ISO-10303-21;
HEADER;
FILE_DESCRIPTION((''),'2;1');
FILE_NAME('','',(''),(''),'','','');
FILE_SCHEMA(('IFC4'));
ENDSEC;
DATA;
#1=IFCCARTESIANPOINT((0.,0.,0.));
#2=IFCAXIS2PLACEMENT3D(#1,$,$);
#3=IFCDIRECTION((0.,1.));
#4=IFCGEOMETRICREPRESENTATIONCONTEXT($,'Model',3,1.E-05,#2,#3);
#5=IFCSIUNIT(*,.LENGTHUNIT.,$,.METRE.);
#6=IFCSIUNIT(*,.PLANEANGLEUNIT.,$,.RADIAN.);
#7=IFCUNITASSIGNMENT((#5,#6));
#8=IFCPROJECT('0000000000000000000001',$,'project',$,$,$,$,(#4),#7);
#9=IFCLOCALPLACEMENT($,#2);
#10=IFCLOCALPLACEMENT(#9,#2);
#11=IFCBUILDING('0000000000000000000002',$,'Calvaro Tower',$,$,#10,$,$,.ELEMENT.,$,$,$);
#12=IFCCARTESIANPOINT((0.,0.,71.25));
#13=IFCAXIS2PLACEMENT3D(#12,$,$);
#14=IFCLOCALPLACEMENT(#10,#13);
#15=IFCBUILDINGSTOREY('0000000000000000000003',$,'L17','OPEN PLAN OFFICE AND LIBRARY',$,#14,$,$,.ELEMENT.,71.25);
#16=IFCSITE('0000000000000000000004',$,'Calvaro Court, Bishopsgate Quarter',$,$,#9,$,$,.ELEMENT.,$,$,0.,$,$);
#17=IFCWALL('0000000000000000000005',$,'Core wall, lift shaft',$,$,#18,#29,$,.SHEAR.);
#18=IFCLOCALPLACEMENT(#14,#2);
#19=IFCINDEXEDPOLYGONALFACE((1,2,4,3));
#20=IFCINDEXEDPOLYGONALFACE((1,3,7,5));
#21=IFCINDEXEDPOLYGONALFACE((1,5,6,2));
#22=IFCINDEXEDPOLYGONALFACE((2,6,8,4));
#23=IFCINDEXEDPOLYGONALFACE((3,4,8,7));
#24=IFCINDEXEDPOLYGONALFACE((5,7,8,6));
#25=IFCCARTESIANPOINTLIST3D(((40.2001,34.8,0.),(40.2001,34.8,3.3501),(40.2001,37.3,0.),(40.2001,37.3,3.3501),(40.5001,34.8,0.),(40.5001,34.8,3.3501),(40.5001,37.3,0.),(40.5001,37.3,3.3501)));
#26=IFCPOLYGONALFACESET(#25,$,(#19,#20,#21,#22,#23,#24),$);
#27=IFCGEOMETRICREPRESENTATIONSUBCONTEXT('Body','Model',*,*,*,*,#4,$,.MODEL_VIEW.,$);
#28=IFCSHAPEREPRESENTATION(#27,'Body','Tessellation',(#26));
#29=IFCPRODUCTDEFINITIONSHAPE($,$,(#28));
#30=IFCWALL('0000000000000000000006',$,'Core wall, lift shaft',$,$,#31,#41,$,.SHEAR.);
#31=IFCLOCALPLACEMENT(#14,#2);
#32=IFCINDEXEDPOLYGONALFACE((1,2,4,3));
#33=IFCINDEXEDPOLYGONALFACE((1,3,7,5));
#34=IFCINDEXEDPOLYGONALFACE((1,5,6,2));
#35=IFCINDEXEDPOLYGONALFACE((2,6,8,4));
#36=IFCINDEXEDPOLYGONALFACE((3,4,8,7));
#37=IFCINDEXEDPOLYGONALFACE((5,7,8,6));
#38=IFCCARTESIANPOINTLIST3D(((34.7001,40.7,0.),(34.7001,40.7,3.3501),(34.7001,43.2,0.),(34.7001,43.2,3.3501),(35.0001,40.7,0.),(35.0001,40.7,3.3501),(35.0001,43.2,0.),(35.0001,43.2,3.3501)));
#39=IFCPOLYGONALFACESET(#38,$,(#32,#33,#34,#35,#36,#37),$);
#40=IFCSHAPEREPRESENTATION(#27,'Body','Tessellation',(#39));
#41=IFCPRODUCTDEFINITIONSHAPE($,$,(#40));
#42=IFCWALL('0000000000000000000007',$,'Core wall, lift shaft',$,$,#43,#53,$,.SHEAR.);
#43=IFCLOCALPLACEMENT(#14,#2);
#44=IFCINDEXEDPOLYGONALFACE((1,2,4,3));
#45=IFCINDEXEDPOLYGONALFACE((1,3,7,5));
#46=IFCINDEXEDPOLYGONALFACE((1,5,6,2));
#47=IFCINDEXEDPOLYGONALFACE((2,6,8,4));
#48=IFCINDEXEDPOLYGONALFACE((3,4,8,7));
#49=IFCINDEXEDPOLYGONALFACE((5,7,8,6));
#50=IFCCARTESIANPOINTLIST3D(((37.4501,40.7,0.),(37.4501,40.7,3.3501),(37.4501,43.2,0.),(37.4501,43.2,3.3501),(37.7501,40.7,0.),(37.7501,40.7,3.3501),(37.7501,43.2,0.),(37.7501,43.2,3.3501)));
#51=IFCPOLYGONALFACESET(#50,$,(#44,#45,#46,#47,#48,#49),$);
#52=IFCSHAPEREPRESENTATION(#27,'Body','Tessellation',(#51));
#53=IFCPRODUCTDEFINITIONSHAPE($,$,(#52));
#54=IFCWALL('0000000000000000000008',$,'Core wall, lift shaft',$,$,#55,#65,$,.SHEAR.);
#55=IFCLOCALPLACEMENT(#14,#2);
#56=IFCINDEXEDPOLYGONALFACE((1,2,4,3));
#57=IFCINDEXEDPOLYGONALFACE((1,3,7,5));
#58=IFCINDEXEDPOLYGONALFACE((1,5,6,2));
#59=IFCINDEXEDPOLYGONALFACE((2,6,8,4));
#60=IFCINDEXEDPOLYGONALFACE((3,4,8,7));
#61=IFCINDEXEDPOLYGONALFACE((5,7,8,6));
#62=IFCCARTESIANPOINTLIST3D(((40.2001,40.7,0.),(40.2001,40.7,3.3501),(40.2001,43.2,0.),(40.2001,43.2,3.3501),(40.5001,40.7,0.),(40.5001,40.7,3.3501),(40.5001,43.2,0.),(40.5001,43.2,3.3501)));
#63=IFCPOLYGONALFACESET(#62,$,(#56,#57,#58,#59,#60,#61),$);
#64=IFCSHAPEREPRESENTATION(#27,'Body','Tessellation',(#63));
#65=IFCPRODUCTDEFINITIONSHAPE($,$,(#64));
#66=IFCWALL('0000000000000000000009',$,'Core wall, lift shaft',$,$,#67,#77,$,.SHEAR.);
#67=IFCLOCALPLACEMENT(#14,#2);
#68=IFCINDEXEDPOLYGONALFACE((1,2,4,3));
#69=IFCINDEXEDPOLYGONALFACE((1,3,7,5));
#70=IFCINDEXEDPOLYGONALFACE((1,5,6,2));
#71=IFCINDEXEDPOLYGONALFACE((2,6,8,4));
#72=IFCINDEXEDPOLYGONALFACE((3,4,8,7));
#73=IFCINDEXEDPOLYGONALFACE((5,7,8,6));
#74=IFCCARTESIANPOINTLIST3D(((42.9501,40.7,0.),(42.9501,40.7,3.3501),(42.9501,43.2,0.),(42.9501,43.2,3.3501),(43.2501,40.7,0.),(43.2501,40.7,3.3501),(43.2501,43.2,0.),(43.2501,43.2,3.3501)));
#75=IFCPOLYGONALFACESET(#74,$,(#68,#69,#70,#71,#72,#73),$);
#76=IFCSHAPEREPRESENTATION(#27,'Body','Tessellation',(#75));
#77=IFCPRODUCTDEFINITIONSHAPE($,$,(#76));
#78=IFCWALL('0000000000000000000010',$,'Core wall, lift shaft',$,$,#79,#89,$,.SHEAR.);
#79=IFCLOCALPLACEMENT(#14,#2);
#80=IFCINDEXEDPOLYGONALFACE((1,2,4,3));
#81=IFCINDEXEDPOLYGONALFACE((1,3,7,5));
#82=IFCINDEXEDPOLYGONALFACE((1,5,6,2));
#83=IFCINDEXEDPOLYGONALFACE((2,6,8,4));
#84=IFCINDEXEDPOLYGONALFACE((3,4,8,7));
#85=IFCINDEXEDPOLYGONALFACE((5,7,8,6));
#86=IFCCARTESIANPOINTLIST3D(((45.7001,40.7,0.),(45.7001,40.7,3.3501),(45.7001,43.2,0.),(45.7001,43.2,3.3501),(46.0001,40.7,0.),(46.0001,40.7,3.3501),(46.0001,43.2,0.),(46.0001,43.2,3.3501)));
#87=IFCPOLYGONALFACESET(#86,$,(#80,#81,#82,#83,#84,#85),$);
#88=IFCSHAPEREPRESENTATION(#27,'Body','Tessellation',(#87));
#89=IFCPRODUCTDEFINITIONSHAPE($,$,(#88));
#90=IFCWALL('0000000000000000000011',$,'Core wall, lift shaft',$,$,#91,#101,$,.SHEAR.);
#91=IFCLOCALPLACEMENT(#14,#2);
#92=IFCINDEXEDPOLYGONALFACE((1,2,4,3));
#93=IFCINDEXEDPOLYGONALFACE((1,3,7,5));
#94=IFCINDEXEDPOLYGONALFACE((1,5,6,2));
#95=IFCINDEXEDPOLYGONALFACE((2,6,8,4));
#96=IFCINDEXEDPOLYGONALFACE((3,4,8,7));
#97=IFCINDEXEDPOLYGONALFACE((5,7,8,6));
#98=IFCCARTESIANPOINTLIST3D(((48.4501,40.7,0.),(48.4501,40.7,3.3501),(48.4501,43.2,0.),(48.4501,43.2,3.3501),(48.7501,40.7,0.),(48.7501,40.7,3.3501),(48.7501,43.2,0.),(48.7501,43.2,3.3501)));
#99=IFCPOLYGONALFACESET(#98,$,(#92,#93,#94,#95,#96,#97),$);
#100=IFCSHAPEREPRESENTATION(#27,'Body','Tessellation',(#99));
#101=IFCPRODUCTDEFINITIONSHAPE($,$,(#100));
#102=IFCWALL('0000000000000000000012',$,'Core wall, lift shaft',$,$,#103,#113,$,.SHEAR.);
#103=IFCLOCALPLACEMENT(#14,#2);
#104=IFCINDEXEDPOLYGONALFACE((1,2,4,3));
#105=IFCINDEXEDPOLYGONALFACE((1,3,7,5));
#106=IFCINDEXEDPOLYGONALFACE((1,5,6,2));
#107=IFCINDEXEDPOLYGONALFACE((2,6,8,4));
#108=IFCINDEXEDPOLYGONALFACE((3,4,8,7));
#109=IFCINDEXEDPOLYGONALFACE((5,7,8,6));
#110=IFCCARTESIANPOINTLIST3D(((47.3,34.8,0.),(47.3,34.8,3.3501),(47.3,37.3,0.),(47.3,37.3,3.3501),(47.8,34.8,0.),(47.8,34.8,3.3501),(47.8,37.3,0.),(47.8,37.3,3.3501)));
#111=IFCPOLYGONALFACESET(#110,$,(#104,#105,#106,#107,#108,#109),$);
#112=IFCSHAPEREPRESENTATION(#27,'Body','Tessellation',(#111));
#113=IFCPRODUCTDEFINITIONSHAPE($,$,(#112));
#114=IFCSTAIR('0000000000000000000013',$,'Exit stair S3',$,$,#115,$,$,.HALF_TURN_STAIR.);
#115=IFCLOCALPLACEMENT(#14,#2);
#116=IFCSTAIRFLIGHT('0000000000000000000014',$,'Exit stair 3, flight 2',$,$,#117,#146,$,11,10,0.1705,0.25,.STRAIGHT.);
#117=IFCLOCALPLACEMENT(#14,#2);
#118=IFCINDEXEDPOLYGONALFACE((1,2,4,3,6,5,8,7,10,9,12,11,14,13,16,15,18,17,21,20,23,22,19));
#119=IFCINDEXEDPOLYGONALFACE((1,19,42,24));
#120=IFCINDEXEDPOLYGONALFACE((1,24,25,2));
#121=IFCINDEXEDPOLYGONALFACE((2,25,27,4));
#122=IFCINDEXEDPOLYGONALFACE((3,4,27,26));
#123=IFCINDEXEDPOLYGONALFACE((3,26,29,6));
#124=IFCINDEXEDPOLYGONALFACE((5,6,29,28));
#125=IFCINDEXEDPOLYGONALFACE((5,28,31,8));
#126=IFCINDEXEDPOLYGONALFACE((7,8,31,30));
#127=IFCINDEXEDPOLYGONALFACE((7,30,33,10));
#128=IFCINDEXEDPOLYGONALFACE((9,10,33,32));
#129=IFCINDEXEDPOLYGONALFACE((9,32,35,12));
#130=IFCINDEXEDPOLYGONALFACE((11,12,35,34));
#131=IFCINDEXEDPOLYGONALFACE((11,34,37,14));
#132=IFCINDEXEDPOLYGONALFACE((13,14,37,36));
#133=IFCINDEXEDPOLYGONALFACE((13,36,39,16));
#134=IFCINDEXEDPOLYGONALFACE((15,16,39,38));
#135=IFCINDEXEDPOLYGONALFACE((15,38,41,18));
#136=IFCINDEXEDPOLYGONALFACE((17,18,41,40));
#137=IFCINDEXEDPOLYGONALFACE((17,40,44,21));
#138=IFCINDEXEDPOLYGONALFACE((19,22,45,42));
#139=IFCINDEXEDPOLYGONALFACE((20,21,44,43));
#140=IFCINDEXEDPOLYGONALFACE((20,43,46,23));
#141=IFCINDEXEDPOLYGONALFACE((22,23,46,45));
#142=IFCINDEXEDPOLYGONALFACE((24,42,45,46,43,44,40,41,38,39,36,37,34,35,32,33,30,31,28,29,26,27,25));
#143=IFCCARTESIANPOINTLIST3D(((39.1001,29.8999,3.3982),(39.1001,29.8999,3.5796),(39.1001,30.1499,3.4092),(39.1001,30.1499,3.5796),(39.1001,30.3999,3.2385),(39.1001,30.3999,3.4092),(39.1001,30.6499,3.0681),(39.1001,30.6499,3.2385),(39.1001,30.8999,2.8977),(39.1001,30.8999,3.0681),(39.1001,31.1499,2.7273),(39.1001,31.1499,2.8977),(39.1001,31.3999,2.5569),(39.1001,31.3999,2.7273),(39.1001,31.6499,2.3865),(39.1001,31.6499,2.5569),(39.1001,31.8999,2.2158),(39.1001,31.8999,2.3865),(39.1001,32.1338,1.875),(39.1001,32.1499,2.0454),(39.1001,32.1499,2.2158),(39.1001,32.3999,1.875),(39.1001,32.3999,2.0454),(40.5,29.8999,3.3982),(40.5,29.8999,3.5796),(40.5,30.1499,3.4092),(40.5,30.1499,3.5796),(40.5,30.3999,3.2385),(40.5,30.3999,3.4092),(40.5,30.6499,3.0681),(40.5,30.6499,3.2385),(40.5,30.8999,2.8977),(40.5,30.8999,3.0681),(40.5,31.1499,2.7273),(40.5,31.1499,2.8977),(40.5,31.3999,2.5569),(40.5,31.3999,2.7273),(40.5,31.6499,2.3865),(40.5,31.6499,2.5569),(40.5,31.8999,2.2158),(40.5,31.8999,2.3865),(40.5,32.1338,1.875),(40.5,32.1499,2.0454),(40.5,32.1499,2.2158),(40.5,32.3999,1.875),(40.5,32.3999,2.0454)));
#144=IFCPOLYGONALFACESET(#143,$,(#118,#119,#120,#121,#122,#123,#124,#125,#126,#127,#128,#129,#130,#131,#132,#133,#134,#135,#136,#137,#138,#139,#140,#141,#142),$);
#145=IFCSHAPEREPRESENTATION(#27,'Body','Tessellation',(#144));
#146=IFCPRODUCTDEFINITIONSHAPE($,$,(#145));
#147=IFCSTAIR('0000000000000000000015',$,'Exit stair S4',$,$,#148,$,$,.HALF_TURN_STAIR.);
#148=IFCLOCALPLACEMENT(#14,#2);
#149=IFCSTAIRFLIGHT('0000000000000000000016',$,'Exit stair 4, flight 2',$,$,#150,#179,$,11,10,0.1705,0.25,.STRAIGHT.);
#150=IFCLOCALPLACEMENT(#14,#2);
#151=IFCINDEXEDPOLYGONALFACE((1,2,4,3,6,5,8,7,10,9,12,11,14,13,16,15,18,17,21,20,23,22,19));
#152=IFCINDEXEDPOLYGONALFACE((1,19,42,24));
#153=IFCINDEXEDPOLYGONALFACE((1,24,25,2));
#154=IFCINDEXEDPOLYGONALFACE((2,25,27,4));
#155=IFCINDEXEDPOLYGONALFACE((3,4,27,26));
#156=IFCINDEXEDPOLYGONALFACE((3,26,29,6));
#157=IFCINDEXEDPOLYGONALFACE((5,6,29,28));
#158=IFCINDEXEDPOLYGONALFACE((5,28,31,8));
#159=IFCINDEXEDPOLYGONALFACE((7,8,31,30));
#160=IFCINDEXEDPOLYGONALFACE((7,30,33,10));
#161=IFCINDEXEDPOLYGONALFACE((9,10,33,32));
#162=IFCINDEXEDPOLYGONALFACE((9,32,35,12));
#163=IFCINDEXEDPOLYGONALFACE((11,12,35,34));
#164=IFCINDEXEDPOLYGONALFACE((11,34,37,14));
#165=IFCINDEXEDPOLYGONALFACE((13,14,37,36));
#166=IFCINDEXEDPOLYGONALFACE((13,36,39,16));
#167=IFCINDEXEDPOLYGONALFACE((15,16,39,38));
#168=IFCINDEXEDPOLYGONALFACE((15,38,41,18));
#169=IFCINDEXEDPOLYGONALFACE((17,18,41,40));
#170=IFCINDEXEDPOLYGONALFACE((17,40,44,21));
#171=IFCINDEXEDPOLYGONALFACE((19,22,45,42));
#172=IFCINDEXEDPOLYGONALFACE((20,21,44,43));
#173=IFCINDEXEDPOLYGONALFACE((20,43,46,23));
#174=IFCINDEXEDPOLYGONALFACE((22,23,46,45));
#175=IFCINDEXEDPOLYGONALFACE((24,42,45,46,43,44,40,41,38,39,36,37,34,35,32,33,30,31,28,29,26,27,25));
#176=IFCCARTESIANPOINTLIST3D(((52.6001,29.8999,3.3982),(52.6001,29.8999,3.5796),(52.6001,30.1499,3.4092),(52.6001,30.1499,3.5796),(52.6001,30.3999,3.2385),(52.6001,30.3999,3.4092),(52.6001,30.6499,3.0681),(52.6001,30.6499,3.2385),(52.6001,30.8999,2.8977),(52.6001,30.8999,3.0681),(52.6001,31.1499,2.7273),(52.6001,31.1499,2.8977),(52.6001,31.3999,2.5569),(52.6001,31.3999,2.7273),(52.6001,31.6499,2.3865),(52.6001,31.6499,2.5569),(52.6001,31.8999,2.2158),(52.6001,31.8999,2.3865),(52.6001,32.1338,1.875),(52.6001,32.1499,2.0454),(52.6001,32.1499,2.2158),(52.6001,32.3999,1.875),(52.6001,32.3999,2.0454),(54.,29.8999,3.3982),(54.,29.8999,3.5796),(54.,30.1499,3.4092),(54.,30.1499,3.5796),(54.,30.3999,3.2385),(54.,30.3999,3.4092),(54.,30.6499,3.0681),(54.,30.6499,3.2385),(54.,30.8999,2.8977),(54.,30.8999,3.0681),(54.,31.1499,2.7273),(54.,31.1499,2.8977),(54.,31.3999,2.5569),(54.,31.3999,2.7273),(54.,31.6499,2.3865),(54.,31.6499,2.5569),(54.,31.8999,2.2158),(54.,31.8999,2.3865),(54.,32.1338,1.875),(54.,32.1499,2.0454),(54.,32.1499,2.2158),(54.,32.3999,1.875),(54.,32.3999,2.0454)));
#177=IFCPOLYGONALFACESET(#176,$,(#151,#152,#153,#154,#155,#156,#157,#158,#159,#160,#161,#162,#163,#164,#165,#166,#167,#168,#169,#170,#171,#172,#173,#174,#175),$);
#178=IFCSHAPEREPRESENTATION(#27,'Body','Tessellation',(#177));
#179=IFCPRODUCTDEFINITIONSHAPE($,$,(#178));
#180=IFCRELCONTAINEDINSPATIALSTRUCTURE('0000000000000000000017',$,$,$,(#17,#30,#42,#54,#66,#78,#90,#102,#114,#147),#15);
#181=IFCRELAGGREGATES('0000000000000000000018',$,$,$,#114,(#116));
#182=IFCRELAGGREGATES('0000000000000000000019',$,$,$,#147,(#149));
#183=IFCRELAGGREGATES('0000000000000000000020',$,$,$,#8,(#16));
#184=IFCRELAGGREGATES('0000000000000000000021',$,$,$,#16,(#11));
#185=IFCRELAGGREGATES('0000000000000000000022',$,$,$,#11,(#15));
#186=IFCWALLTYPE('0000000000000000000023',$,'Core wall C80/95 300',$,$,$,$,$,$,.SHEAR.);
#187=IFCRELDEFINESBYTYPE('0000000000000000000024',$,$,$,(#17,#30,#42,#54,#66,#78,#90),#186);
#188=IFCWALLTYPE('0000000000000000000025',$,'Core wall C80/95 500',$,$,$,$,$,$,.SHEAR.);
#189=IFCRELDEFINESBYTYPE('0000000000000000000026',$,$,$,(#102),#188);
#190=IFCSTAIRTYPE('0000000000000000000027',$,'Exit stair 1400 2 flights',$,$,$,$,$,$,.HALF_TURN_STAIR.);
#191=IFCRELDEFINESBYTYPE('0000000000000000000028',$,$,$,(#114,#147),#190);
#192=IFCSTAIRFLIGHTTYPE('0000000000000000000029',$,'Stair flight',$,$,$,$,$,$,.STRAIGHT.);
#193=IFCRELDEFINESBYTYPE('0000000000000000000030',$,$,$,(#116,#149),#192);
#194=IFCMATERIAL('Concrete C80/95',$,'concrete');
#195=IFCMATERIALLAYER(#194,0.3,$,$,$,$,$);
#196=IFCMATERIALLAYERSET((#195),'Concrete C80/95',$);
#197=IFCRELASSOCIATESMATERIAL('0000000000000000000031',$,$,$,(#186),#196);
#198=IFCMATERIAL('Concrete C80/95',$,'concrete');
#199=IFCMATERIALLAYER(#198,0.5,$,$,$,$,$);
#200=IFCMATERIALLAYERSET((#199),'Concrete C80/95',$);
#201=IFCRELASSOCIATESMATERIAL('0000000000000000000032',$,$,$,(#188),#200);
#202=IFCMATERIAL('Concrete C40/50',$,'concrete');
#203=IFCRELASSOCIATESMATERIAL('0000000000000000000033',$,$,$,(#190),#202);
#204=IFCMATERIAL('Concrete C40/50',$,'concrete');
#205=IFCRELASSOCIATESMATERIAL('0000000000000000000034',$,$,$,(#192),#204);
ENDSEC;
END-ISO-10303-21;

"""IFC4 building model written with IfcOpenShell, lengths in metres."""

from ifc_helpers import new_model, si_unit, direction, frame, frame_2d, origin, place, context, subcontext, project, spatial, polyline, rectangle, outline, extrude, material, layer, layer_set, type_object, element, aggregate, save


model = new_model("IFC4")

# Units and contexts
model_context = context("Model", 3, precision=1e-05, world=origin(), true_north=direction((0.0, 1.0)))
body_context = subcontext(model_context, "Body", "Model", "MODEL_VIEW")
ifc_project = project(units=[si_unit("LENGTHUNIT", "METRE"), si_unit("PLANEANGLEUNIT", "RADIAN")], contexts=[model_context])

# Site, building, storey
site_placement = place(None, origin())
site = spatial("IfcSite", under=ifc_project, at=site_placement, Name="Calvaro Court, Bishopsgate Quarter", CompositionType="ELEMENT", RefElevation=0.0)
building_placement = place(site_placement, origin())
building = spatial("IfcBuilding", under=site, at=building_placement, Name="Calvaro Tower", CompositionType="ELEMENT")
storey_placement = place(building_placement, frame((0.0, 0.0, 71.25)))
storey = spatial("IfcBuildingStorey", under=building, at=storey_placement, Name="L17", Description="OPEN PLAN OFFICE AND LIBRARY", CompositionType="ELEMENT", Elevation=71.25)

# Shared definitions
ifc_material_1 = material(Name="Concrete C80/95", Category="concrete")
ifc_layer_1 = layer(ifc_material_1, 0.3)
ifc_layer_set_1 = layer_set([ifc_layer_1], Name="Concrete C80/95")
wall_type_1 = type_object("IfcWallType", Name="Core wall C80/95 300", PredefinedType="SHEAR", material=ifc_layer_set_1)

# Walls
for number, where, z_axis, x_axis, name in (
    (1, (40.3501, 34.8, 0.0), (0.0, 0.0, 1.0), (0.0, 1.0, 0.0), "Core wall, lift shaft"),
    (2, (34.8501, 40.7, 0.0), (0.0, 0.0, 1.0), (0.0, 1.0, 0.0), "Core wall, lift shaft"),
    (3, (37.6001, 40.7, 0.0), (0.0, 0.0, 1.0), (0.0, 1.0, 0.0), "Core wall, lift shaft"),
    (4, (40.3501, 40.7, 0.0), (0.0, 0.0, 1.0), (0.0, 1.0, 0.0), "Core wall, lift shaft"),
    (5, (43.1001, 40.7, 0.0), (0.0, 0.0, 1.0), (0.0, 1.0, 0.0), "Core wall, lift shaft"),
    (6, (45.8501, 40.7, 0.0), (0.0, 0.0, 1.0), (0.0, 1.0, 0.0), "Core wall, lift shaft"),
    (7, (48.6001, 40.7, 0.0), (0.0, 0.0, 1.0), (0.0, 1.0, 0.0), "Core wall, lift shaft"),
):
    element("IfcWall", number, at=place(storey_placement, frame(where, z_axis=z_axis, x_axis=x_axis)), inside=storey, type_object=wall_type_1, Name=name, PredefinedType="SHEAR", context=body_context, shape_type="SweptSolid", body=[
        extrude(rectangle(XDim=2.5, YDim=0.3, at=frame_2d((1.25, 0.0))), origin(), (0.0, 0.0, 1.0), 3.3501),
    ])
ifc_material_2 = material(Name="Concrete C80/95", Category="concrete")
ifc_layer_2 = layer(ifc_material_2, 0.5)
ifc_layer_set_2 = layer_set([ifc_layer_2], Name="Concrete C80/95")
wall_type_2 = type_object("IfcWallType", Name="Core wall C80/95 500", PredefinedType="SHEAR", material=ifc_layer_set_2)
wall_1_placement = place(storey_placement, frame((47.55, 34.8, 0.0), z_axis=(0.0, 0.0, 1.0), x_axis=(0.0, 1.0, 0.0)))
element("IfcWall", 8, at=wall_1_placement, inside=storey, type_object=wall_type_2, Name="Core wall, lift shaft", PredefinedType="SHEAR", context=body_context, shape_type="SweptSolid", body=[
    extrude(rectangle(XDim=2.5, YDim=0.5, at=frame_2d((1.25, 0.0))), origin(), (0.0, 0.0, 1.0), 3.3501),
])

# Stairs, stair flights
ifc_material_3 = material(Name="Concrete C40/50", Category="concrete")
stair_type = type_object("IfcStairType", Name="Exit stair 1400 2 flights", PredefinedType="HALF_TURN_STAIR", material=ifc_material_3)
stair_1_placement = place(storey_placement, origin())
stair_1 = element("IfcStair", 9, at=stair_1_placement, inside=storey, type_object=stair_type, Name="Exit stair S3", PredefinedType="HALF_TURN_STAIR")
ifc_material_4 = material(Name="Concrete C40/50", Category="concrete")
stair_flight_type = type_object("IfcStairFlightType", Name="Stair flight", PredefinedType="STRAIGHT", material=ifc_material_4)
stair_flight_1_placement = place(storey_placement, frame((39.8, 32.3999, 1.875), z_axis=(0.0, 0.0, 1.0), x_axis=(0.0, -1.0, 0.0)))
stair_flight_1 = element("IfcStairFlight", 10, at=stair_flight_1_placement, type_object=stair_flight_type, Name="Exit stair 3, flight 2", NumberOfRisers=11, NumberOfTreads=10, PredefinedType="STRAIGHT", RiserHeight=0.1705, TreadLength=0.25, context=body_context, shape_type="SweptSolid", body=[
    extrude(outline(polyline([(0.0, 0.0), (0.0, 0.1704), (0.25, 0.1704), (0.25, 0.3408), (0.5, 0.3408), (0.5, 0.5115), (0.75, 0.5115), (0.75, 0.6819), (1.0, 0.6819), (1.0, 0.8523), (1.25, 0.8523), (1.25, 1.0227), (1.5, 1.0227), (1.5, 1.1931), (1.75, 1.1931), (1.75, 1.3635), (2.0, 1.3635), (2.0, 1.5342), (2.25, 1.5342), (2.25, 1.7046), (2.5, 1.7046), (2.5, 1.875), (2.5, 1.5232), (0.2661, 0.0), (0.0, 0.0)])), frame((0.0, 0.7, 0.0), z_axis=(0.0, -1.0, 0.0), x_axis=(1.0, 0.0, 0.0)), (0.0, 0.0, 1.0), 1.3999),
])
stair_2_placement = place(storey_placement, origin())
stair_2 = element("IfcStair", 11, at=stair_2_placement, inside=storey, type_object=stair_type, Name="Exit stair S4", PredefinedType="HALF_TURN_STAIR")
stair_flight_2_placement = place(storey_placement, frame((53.3, 32.3999, 1.875), z_axis=(0.0, 0.0, 1.0), x_axis=(0.0, -1.0, 0.0)))
stair_flight_2 = element("IfcStairFlight", 12, at=stair_flight_2_placement, type_object=stair_flight_type, Name="Exit stair 4, flight 2", NumberOfRisers=11, NumberOfTreads=10, PredefinedType="STRAIGHT", RiserHeight=0.1705, TreadLength=0.25, context=body_context, shape_type="SweptSolid", body=[
    extrude(outline(polyline([(0.0, 0.0), (0.0, 0.1704), (0.25, 0.1704), (0.25, 0.3408), (0.5, 0.3408), (0.5, 0.5115), (0.75, 0.5115), (0.75, 0.6819), (1.0, 0.6819), (1.0, 0.8523), (1.25, 0.8523), (1.25, 1.0227), (1.5, 1.0227), (1.5, 1.1931), (1.75, 1.1931), (1.75, 1.3635), (2.0, 1.3635), (2.0, 1.5342), (2.25, 1.5342), (2.25, 1.7046), (2.5, 1.7046), (2.5, 1.875), (2.5, 1.5232), (0.2661, 0.0), (0.0, 0.0)])), frame((0.0, 0.7, 0.0), z_axis=(0.0, -1.0, 0.0), x_axis=(1.0, 0.0, 0.0)), (0.0, 0.0, 1.0), 1.3999),
])

aggregate(stair_1, [stair_flight_1])
aggregate(stair_2, [stair_flight_2])

save(model, "model.ifc")
